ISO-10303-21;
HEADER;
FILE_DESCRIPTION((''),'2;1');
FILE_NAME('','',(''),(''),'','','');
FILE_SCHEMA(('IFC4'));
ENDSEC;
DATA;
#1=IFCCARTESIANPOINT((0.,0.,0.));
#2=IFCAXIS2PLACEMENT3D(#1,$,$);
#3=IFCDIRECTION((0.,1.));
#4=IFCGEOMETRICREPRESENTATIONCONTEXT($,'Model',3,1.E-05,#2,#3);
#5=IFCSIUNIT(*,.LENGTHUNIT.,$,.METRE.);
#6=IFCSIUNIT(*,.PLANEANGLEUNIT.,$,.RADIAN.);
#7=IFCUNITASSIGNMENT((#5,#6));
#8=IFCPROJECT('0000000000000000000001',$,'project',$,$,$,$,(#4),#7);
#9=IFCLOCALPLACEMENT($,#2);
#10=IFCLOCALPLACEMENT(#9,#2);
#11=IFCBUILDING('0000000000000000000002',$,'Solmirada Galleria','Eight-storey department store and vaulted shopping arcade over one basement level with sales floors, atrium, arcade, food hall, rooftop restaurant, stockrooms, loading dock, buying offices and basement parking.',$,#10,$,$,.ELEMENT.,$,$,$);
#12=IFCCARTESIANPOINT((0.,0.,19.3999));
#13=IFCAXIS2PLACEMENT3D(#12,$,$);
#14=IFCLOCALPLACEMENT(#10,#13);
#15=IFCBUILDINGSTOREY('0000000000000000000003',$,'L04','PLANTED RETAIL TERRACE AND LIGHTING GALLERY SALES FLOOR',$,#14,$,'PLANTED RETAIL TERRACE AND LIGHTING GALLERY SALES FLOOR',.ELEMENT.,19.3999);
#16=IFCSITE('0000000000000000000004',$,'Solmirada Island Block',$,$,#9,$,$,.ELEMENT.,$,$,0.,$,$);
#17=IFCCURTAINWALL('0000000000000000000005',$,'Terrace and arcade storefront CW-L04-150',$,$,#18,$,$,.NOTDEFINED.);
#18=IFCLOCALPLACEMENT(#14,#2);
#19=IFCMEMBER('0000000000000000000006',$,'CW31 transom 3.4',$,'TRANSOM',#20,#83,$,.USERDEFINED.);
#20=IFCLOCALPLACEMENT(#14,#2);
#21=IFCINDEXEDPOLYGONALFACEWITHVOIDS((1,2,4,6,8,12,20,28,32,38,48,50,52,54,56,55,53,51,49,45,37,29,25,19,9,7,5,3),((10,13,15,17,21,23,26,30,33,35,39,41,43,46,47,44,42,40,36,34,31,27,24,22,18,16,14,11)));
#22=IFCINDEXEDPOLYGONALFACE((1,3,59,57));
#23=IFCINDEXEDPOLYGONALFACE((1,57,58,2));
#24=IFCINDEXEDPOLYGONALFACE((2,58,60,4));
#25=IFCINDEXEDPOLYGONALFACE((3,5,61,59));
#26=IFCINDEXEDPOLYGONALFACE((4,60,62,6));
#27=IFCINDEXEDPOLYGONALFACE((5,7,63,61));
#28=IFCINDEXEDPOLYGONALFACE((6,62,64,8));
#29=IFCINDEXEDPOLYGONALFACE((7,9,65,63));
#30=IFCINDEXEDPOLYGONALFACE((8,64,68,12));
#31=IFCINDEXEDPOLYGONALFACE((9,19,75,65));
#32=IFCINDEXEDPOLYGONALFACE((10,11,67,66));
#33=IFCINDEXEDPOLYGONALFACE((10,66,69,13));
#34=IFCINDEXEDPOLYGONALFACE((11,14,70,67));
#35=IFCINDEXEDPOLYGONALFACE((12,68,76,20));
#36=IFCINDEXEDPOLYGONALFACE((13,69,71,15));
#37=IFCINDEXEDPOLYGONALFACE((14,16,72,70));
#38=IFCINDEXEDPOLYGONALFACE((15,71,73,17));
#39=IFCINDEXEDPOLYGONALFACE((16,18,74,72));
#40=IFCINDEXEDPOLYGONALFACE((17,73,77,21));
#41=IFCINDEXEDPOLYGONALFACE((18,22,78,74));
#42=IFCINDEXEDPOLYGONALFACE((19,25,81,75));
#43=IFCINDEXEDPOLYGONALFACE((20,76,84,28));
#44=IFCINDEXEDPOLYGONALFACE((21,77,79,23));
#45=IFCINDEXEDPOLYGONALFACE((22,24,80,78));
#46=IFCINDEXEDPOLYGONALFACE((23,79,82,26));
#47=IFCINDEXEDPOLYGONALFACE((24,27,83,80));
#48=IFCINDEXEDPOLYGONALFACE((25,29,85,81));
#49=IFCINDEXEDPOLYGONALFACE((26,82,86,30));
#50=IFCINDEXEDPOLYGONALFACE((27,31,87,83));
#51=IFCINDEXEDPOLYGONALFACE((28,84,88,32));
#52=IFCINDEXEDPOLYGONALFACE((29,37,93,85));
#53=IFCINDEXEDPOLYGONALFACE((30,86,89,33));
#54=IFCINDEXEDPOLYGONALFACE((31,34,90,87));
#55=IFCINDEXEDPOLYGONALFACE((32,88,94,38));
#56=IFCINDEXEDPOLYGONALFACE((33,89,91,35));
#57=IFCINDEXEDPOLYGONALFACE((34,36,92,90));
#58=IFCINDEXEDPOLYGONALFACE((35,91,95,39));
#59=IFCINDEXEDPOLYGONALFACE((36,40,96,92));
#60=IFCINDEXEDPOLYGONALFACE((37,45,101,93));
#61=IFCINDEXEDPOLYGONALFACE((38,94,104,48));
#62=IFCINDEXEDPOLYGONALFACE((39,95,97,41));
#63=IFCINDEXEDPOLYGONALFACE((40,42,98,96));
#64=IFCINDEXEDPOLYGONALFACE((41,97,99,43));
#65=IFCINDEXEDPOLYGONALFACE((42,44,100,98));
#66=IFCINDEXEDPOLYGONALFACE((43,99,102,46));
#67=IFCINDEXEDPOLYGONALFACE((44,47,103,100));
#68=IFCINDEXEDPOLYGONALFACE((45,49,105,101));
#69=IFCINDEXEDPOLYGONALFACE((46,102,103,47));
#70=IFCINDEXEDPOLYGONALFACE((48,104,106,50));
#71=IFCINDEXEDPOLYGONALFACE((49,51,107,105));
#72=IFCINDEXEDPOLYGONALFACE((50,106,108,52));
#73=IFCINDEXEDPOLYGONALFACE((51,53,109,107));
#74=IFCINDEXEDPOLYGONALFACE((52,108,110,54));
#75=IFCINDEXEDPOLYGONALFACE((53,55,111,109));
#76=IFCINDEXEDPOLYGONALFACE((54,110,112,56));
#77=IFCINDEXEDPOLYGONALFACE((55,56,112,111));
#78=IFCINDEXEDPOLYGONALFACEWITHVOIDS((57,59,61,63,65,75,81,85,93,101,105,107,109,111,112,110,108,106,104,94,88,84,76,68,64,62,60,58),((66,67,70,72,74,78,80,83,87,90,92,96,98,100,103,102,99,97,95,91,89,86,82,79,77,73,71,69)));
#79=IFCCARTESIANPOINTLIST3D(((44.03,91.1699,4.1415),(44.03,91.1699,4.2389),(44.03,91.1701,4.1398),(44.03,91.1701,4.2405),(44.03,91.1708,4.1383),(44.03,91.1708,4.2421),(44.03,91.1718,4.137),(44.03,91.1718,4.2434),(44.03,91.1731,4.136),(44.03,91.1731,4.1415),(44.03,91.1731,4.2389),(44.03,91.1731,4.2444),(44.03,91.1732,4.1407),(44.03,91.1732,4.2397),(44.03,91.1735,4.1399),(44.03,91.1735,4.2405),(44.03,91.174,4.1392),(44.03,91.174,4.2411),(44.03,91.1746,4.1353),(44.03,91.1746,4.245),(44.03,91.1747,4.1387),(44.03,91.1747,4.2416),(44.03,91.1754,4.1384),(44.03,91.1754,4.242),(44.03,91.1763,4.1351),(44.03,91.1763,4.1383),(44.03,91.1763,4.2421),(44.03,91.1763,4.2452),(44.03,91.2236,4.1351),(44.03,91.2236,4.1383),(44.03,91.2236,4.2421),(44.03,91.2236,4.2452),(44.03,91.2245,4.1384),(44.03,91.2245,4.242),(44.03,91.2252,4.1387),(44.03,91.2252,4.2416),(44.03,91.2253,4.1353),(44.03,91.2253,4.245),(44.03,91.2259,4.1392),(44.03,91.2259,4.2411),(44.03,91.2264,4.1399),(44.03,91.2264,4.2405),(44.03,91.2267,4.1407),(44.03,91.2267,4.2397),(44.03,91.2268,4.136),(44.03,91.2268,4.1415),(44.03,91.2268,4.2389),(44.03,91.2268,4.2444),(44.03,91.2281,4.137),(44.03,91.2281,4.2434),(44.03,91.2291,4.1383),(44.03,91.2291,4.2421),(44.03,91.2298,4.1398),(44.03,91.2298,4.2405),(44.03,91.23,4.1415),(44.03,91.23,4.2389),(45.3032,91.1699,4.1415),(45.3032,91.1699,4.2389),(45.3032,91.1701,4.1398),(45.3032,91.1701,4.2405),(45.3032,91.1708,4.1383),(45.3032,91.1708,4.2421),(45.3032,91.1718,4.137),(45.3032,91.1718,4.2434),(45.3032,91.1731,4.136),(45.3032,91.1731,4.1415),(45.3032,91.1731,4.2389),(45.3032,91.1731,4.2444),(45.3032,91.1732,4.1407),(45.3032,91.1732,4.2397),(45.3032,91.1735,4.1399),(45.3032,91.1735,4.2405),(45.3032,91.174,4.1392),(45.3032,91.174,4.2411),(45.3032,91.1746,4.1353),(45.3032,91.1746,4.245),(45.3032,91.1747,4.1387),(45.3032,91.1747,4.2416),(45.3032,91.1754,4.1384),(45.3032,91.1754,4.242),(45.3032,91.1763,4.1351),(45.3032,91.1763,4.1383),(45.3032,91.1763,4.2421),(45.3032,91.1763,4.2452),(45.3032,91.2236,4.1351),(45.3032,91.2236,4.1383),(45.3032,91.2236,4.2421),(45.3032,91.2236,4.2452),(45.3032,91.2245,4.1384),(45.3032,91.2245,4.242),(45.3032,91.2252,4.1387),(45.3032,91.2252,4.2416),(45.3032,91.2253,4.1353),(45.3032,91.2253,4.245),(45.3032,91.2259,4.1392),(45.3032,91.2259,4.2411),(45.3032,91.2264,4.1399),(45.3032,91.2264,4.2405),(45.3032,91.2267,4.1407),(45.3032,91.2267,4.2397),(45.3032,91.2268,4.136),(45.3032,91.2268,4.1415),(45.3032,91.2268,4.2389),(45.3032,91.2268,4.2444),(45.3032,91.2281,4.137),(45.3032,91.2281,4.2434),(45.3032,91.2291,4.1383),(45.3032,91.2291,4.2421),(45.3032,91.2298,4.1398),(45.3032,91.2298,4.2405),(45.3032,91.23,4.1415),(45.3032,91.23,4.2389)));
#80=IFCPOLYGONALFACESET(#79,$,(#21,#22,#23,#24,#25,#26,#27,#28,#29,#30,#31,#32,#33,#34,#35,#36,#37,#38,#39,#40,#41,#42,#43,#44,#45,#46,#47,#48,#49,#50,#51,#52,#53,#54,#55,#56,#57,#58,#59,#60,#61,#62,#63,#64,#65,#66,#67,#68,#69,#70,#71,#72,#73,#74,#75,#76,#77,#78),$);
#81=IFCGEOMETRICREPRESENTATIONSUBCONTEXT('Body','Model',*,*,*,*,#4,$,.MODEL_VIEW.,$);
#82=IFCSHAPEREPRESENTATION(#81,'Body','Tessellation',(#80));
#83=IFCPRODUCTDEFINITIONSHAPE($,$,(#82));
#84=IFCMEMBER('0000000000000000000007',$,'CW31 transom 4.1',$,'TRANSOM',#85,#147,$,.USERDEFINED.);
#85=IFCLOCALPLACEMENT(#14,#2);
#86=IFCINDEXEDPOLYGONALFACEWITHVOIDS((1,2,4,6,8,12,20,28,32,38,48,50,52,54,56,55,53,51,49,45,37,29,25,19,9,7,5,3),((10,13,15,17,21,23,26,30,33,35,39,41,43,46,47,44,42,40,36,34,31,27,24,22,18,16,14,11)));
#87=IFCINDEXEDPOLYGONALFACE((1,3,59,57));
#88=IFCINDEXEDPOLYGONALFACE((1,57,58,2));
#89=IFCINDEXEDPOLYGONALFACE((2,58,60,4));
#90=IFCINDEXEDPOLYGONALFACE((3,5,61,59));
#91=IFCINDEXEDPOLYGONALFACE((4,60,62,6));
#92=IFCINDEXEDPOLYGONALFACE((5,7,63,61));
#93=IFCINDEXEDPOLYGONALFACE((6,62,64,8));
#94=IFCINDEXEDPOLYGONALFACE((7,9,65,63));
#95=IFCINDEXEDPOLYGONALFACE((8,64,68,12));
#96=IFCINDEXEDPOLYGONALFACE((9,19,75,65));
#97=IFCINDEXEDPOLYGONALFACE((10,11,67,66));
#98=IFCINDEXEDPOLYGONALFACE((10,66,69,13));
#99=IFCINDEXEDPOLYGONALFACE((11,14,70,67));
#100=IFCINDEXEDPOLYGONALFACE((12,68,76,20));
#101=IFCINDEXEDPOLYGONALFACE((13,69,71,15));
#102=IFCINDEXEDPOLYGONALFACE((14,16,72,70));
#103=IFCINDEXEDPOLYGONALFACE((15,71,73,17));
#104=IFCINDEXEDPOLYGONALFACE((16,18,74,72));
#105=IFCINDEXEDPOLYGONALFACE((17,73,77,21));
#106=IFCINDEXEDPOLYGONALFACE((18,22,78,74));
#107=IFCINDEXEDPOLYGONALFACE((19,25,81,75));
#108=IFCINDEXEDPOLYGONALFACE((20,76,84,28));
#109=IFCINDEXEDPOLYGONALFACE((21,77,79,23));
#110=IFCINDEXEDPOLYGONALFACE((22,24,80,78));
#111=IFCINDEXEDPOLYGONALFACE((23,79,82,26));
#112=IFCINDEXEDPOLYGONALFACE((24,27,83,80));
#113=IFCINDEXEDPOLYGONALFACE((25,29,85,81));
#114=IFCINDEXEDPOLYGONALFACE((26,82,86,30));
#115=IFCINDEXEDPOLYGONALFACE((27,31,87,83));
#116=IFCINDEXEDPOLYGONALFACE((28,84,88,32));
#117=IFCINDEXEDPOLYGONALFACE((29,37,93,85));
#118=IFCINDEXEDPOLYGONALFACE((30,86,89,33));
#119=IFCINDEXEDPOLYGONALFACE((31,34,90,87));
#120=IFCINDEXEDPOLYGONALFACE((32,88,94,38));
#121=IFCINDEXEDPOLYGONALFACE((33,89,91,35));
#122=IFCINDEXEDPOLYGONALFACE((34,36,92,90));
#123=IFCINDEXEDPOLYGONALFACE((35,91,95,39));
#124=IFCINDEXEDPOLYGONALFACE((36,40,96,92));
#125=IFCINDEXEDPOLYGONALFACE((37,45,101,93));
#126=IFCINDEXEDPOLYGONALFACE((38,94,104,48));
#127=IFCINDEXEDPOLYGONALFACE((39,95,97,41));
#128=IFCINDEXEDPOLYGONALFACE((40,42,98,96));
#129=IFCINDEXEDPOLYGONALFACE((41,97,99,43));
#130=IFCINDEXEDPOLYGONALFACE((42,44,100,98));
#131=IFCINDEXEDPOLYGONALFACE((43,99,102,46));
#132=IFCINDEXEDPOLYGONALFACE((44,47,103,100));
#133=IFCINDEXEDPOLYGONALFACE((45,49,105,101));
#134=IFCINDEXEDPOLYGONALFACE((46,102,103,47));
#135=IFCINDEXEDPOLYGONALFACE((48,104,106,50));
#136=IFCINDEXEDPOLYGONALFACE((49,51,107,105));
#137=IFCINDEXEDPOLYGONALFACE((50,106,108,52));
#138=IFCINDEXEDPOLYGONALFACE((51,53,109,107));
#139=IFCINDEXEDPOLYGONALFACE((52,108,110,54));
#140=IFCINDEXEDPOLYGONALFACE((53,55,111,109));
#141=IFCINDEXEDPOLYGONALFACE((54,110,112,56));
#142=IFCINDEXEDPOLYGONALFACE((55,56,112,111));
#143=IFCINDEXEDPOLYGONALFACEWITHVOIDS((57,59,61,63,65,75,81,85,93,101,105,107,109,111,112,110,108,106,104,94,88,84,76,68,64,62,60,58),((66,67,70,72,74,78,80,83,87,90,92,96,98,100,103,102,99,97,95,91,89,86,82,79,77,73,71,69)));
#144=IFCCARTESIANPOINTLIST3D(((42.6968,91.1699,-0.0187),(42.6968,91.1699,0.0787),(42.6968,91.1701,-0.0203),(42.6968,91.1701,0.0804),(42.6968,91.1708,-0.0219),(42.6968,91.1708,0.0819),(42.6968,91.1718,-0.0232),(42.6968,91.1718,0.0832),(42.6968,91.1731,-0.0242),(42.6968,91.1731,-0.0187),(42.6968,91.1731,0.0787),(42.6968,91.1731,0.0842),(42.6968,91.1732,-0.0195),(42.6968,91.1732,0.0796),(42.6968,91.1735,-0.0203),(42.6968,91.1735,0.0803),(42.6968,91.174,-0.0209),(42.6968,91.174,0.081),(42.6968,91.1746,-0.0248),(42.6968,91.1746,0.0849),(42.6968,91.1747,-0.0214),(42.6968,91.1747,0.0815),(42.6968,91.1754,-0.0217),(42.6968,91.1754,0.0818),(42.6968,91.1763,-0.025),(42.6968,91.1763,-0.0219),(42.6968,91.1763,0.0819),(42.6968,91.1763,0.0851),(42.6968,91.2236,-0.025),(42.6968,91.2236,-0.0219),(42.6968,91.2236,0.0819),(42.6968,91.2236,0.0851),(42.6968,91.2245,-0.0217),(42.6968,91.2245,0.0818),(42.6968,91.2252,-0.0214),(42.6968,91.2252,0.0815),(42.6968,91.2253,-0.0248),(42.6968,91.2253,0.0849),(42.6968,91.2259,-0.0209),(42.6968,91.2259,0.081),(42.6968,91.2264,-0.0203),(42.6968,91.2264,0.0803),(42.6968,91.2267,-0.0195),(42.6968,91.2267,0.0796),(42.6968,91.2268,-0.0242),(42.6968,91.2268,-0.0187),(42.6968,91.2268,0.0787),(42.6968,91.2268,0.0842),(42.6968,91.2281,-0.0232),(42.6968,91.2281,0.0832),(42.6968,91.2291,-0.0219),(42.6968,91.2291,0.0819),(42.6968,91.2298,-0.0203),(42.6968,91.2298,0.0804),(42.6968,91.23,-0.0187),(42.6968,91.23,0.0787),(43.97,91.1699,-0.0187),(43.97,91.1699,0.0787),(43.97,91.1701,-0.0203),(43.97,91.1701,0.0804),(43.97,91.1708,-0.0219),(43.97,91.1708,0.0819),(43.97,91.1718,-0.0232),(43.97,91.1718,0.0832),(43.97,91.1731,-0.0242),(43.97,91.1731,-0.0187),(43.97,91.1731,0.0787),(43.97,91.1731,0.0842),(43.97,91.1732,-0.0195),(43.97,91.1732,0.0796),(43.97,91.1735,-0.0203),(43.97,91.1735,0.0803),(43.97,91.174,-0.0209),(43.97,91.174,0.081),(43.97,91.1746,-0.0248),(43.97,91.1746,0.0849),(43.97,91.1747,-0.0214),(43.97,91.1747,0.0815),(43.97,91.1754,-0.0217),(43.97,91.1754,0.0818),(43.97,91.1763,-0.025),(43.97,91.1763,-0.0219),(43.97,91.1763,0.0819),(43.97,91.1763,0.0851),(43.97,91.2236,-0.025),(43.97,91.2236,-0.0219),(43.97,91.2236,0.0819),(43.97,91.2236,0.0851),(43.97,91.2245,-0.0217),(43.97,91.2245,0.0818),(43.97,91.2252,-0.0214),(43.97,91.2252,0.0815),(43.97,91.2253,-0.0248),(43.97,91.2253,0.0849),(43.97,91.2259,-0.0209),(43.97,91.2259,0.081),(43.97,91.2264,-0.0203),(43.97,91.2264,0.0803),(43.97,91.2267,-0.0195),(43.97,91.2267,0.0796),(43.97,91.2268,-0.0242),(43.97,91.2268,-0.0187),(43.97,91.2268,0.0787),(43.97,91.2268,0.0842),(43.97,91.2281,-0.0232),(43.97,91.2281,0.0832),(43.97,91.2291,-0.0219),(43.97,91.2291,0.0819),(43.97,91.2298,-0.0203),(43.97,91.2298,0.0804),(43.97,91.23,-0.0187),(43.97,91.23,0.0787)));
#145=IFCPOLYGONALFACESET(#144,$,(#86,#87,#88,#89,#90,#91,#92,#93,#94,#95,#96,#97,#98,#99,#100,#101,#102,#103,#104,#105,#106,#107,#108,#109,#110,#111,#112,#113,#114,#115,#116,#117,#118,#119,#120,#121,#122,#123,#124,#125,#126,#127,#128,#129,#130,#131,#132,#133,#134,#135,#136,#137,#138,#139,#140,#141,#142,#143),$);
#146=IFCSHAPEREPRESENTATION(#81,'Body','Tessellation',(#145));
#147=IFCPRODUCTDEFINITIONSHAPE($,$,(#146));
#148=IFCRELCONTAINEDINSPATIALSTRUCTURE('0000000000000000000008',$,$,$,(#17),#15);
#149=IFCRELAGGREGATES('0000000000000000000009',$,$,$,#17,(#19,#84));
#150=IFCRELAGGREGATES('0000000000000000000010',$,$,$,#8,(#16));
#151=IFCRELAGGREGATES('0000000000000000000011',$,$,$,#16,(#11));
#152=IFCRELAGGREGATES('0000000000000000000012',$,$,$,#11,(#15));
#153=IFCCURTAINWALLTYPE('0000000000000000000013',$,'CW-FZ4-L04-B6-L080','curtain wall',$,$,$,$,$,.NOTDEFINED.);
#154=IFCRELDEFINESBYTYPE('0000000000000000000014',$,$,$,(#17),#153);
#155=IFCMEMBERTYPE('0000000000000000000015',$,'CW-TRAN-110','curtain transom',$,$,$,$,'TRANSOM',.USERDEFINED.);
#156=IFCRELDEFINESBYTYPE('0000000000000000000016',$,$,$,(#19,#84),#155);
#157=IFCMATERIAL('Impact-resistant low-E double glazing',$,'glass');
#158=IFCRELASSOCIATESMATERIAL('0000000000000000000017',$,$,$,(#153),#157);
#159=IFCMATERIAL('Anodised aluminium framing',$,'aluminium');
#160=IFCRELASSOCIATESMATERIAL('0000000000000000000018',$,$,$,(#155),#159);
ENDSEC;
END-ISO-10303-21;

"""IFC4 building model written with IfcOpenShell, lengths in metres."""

from ifc_helpers import new_model, si_unit, direction, frame, origin, origin_2d, place, context, subcontext, project, spatial, hollow_rectangle, extrude, material, material_profile, profile_set, type_object, element, aggregate, save


model = new_model("IFC4")

# Units and contexts
model_context = context("Model", 3, precision=1e-05, world=origin(), true_north=direction((0.0, 1.0)))
body_context = subcontext(model_context, "Body", "Model", "MODEL_VIEW")
ifc_project = project(units=[si_unit("LENGTHUNIT", "METRE"), si_unit("PLANEANGLEUNIT", "RADIAN")], contexts=[model_context])

# Site, building, storey
site_placement = place(None, origin())
site = spatial("IfcSite", under=ifc_project, at=site_placement, Name="Solmirada Island Block", CompositionType="ELEMENT", RefElevation=0.0)
building_placement = place(site_placement, origin())
building = spatial("IfcBuilding", under=site, at=building_placement, Name="Solmirada Galleria", Description="Eight-storey department store and vaulted shopping arcade over one basement level with sales floors, atrium, arcade, food hall, rooftop restaurant, stockrooms, loading dock, buying offices and basement parking.", CompositionType="ELEMENT")
storey_placement = place(building_placement, frame((0.0, 0.0, 19.3999)))
storey = spatial("IfcBuildingStorey", under=building, at=storey_placement, Name="L04", Description="PLANTED RETAIL TERRACE AND LIGHTING GALLERY SALES FLOOR", LongName="PLANTED RETAIL TERRACE AND LIGHTING GALLERY SALES FLOOR", CompositionType="ELEMENT", Elevation=19.3999)

# Curtain wall, members
ifc_material_1 = material(Name="Impact-resistant low-E double glazing", Category="glass")
curtain_wall_type = type_object("IfcCurtainWallType", Name="CW-FZ4-L04-B6-L080", Description="curtain wall", PredefinedType="NOTDEFINED", material=ifc_material_1)
curtain_wall_placement = place(storey_placement, origin())
curtain_wall = element("IfcCurtainWall", 1, at=curtain_wall_placement, inside=storey, type_object=curtain_wall_type, Name="Terrace and arcade storefront CW-L04-150", PredefinedType="NOTDEFINED")
ifc_material_2 = material(Name="Anodised aluminium framing", Category="aluminium")
ifc_material_profile_1 = material_profile(ifc_material_2, hollow_rectangle(XDim=0.0601, YDim=0.1101, WallThickness=0.0032, InnerFilletRadius=0.0032, OuterFilletRadius=0.0063, at=origin_2d()), Name="ALU-TRAN-110X60")
ifc_profile_set_1 = profile_set([ifc_material_profile_1], Name="Anodised aluminium framing")
member_type_1 = type_object("IfcMemberType", Name="CW-TRAN-110", Description="curtain transom", ElementType="TRANSOM", PredefinedType="USERDEFINED", material=ifc_profile_set_1)
member_1_placement = place(storey_placement, frame((45.3032, 91.2, 4.1902), z_axis=(-1.0, 0.0, 0.0), x_axis=(0.0, -1.0, 0.0)))
member_1 = element("IfcMember", 2, at=member_1_placement, type_object=member_type_1, Name="CW31 transom 3.4", ObjectType="TRANSOM", PredefinedType="USERDEFINED", context=body_context, shape_type="SweptSolid", body=[
    extrude(hollow_rectangle(XDim=0.0601, YDim=0.1101, WallThickness=0.0032, InnerFilletRadius=0.0032, OuterFilletRadius=0.0063, at=origin_2d()), origin(), (0.0, 0.0, 1.0), 1.2732),
])
member_2_placement = place(storey_placement, frame((43.97, 91.2, 0.03), z_axis=(-1.0, 0.0, 0.0), x_axis=(0.0, -1.0, 0.0)))
member_2 = element("IfcMember", 3, at=member_2_placement, type_object=member_type_1, Name="CW31 transom 4.1", ObjectType="TRANSOM", PredefinedType="USERDEFINED", context=body_context, shape_type="SweptSolid", body=[
    extrude(hollow_rectangle(XDim=0.0601, YDim=0.1101, WallThickness=0.0032, InnerFilletRadius=0.0032, OuterFilletRadius=0.0063, at=origin_2d()), origin(), (0.0, 0.0, 1.0), 1.2732),
])
aggregate(curtain_wall, [member_1, member_2])

save(model, "model.ifc")
